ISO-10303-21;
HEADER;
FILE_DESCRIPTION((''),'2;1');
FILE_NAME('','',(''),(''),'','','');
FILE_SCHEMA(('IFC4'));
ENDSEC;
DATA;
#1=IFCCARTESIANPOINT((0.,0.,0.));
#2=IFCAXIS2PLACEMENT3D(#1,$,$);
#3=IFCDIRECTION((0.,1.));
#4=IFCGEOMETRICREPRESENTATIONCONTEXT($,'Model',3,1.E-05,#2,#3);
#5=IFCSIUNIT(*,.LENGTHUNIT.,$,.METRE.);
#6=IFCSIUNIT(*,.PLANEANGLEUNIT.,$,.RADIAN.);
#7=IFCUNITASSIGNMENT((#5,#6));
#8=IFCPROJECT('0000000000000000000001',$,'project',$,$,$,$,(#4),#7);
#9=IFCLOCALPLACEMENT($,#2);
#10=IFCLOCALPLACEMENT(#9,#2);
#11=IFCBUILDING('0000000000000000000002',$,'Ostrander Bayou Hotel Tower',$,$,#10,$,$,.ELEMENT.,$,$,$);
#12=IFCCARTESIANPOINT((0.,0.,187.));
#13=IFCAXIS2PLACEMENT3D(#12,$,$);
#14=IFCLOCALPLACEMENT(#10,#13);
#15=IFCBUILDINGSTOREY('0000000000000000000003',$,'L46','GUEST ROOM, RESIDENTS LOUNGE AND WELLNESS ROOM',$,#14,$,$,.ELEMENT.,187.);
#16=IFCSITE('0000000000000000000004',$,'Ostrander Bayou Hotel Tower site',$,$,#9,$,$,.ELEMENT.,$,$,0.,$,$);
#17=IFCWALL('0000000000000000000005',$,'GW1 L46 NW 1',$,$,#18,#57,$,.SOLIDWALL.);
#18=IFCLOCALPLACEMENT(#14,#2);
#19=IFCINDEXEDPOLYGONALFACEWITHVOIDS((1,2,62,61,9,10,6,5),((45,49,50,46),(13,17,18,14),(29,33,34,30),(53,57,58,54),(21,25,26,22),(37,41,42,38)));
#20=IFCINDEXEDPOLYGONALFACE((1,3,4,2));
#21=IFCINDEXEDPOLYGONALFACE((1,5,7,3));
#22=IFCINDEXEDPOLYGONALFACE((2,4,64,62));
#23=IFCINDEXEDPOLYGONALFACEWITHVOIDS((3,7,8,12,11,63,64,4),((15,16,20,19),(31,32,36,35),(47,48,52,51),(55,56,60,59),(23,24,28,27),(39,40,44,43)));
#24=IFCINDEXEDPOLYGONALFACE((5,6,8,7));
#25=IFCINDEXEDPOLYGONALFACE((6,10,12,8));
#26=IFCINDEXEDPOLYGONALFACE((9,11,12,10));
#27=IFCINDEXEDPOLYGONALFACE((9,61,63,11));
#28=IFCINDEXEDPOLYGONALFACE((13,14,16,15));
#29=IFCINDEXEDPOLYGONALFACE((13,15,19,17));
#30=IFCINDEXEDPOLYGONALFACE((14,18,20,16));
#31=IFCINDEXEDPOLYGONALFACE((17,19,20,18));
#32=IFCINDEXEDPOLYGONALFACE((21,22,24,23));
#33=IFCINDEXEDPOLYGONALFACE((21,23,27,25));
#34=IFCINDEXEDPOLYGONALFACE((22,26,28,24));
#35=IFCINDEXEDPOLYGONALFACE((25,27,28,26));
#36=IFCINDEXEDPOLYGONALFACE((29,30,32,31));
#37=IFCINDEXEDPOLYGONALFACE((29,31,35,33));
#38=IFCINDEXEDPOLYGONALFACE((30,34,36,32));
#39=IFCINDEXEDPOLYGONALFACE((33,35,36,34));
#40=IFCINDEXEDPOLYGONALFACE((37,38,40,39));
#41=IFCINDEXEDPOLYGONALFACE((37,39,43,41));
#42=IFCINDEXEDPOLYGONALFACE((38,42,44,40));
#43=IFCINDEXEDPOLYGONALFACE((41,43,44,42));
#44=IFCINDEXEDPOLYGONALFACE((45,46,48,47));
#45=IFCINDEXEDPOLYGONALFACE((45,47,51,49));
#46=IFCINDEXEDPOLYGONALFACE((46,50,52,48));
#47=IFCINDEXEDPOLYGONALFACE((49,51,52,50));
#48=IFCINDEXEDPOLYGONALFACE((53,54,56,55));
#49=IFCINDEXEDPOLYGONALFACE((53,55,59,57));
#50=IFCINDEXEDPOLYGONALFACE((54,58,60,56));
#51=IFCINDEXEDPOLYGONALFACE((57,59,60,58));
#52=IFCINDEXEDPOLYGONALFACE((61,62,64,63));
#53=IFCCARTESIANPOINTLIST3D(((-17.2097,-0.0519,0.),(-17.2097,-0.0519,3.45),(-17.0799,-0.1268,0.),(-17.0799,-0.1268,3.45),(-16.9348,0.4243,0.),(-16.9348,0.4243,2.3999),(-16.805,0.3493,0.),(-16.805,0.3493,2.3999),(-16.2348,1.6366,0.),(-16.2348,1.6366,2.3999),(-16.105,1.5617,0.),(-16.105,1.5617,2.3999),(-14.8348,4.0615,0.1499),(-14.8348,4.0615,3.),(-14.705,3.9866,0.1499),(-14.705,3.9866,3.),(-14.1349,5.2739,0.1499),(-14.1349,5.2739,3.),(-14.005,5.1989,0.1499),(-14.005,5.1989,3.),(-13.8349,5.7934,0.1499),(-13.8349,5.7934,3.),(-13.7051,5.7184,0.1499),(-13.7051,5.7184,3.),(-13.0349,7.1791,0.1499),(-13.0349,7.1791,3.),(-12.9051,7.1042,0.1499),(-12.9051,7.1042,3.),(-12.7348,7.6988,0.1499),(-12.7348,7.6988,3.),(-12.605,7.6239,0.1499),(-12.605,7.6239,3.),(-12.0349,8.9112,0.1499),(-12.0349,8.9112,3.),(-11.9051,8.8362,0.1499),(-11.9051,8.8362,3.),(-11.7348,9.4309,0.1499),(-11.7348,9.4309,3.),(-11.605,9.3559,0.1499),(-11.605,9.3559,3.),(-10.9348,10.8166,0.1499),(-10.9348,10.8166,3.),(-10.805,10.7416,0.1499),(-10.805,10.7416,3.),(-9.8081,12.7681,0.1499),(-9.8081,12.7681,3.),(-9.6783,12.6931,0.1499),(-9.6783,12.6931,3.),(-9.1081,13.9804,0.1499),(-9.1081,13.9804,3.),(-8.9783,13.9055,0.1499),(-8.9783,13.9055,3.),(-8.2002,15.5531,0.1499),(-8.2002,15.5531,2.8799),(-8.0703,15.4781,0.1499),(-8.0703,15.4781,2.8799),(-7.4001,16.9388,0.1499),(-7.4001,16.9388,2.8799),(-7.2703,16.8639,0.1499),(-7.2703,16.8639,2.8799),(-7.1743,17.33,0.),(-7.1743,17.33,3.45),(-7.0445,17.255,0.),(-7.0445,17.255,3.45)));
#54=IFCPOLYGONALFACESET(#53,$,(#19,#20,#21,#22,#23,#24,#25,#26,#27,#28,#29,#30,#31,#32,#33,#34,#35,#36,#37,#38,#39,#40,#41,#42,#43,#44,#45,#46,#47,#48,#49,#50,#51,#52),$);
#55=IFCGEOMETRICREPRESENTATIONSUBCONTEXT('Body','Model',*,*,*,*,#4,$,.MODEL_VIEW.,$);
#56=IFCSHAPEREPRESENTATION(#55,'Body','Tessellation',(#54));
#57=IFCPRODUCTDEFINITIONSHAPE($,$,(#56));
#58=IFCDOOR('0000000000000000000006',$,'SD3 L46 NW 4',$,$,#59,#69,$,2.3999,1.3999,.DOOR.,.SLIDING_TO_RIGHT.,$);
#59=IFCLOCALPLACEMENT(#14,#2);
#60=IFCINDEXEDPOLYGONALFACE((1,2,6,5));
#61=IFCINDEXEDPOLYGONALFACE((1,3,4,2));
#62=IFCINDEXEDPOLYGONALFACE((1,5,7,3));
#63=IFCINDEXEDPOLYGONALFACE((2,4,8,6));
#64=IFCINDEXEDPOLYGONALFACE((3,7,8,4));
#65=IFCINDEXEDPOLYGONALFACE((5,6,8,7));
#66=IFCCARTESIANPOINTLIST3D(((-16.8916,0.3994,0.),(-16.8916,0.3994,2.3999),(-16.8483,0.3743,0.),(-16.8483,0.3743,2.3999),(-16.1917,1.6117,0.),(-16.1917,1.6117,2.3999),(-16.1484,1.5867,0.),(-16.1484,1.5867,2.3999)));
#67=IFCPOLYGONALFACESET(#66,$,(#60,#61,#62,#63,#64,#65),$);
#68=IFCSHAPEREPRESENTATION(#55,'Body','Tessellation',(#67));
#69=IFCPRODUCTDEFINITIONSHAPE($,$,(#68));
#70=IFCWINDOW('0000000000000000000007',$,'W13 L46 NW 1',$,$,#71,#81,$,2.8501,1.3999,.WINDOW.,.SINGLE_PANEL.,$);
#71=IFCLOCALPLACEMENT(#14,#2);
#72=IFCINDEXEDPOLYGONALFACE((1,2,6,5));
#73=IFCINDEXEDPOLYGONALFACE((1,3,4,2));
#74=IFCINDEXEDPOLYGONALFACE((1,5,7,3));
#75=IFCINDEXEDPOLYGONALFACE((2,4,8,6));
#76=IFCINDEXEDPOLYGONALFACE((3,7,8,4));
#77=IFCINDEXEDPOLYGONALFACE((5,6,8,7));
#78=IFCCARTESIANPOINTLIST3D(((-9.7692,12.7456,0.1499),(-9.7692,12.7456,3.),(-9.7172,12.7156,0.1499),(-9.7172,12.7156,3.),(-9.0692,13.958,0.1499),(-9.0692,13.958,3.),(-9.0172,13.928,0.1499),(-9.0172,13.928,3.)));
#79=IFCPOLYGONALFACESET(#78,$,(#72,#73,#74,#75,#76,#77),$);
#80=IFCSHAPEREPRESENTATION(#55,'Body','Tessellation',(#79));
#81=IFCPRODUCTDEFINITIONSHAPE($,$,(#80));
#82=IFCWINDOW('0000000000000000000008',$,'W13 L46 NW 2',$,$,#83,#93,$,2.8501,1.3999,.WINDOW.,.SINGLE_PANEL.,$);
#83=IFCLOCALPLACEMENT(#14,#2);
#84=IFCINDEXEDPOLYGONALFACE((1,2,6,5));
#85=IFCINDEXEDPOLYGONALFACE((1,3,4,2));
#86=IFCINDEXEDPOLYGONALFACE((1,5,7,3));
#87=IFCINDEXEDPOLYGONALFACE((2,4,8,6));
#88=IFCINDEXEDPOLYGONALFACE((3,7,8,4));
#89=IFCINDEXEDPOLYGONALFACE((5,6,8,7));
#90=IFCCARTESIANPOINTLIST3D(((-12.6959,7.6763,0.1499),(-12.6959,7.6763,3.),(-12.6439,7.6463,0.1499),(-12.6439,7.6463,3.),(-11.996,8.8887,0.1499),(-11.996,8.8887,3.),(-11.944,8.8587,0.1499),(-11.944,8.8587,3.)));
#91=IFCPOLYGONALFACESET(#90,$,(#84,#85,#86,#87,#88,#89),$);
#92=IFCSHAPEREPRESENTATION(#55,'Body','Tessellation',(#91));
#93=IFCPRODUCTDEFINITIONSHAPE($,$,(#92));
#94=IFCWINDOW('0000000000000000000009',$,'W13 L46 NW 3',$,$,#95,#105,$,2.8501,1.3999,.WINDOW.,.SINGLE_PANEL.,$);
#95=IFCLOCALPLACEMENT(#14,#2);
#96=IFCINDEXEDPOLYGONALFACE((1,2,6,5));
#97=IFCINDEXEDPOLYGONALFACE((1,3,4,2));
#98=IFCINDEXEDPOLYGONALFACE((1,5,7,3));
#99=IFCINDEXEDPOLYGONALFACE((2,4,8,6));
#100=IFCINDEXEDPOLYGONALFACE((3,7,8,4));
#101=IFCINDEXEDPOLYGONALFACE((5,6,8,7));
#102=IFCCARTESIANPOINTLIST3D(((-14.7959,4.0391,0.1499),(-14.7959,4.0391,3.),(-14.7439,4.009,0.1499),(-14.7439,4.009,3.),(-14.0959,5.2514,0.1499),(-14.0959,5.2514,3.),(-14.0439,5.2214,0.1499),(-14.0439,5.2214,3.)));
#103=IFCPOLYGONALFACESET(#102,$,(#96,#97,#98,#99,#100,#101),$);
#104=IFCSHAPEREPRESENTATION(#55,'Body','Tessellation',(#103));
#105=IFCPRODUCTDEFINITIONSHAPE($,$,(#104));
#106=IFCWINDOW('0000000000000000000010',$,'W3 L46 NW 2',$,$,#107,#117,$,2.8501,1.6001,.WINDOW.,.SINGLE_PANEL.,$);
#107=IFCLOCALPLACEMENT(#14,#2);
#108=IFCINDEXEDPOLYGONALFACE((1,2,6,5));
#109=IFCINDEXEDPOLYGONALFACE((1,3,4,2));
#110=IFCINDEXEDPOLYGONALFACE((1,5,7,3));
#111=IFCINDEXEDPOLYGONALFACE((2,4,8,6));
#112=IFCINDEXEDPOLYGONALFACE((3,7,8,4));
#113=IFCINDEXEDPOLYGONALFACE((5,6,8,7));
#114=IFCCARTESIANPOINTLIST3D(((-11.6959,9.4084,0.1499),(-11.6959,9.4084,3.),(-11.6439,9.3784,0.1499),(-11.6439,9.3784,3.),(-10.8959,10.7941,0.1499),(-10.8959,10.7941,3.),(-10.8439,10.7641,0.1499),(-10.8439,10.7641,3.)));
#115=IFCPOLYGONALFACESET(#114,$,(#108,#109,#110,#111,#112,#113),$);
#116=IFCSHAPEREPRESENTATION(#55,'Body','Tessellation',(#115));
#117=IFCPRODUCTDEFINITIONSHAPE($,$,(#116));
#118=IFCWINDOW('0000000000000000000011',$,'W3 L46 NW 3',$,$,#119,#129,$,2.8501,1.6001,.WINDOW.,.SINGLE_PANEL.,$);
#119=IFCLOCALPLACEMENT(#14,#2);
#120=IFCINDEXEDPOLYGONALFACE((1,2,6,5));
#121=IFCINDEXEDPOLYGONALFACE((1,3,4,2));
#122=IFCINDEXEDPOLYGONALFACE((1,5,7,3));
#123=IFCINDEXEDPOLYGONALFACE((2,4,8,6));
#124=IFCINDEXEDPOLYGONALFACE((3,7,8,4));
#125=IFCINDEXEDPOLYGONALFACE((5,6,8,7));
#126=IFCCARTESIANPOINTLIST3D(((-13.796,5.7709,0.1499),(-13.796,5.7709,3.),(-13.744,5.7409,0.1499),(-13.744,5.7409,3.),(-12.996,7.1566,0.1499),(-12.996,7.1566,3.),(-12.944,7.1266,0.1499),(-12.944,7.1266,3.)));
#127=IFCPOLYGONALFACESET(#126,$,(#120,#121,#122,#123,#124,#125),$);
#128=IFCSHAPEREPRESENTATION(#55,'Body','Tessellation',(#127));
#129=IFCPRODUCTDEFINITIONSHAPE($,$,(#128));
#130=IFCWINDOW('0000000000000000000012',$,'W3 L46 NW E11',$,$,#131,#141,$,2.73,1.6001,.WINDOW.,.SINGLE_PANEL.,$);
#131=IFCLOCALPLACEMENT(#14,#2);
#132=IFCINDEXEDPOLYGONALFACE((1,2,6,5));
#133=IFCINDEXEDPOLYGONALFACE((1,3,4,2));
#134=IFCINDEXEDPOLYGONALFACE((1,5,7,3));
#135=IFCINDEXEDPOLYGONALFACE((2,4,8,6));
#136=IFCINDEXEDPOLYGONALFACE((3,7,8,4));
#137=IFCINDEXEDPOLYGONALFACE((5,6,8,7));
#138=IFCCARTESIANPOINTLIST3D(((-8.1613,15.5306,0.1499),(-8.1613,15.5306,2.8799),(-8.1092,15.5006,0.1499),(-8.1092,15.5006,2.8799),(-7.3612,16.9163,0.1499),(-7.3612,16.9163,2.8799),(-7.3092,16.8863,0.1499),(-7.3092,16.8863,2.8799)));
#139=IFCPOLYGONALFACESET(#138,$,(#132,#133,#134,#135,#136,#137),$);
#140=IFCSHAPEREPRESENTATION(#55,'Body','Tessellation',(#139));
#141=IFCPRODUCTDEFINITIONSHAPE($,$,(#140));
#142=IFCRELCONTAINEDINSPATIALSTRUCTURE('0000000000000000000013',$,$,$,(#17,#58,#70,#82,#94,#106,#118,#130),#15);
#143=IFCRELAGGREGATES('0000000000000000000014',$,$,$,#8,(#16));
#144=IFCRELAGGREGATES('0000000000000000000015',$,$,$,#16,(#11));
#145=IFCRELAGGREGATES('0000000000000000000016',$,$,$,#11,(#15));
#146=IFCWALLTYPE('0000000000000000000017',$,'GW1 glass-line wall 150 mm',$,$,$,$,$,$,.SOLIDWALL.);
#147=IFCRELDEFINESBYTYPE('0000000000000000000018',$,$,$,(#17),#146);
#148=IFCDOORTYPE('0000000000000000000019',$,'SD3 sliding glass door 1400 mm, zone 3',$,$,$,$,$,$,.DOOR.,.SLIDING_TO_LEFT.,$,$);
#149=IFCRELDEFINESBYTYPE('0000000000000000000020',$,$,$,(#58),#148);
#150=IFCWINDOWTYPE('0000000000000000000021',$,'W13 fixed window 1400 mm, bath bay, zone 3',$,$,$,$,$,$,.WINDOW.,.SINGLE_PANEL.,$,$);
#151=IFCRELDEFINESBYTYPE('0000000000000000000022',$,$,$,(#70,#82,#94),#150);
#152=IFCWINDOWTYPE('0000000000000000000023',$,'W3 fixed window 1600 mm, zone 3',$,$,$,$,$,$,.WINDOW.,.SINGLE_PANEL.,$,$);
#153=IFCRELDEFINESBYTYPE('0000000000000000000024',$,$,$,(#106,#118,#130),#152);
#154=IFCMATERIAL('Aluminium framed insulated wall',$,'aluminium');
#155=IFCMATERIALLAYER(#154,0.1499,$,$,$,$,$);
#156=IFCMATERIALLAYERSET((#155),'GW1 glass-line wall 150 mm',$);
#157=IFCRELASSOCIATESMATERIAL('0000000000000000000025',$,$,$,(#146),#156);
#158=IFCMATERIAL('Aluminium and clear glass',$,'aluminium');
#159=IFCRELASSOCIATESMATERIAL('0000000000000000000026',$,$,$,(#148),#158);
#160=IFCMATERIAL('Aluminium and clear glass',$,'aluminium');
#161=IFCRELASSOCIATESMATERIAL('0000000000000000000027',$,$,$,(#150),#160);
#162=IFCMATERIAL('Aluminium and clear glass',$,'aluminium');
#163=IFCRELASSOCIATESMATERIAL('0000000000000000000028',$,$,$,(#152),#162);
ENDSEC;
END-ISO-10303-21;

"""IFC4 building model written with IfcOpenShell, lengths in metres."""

from ifc_helpers import new_model, si_unit, direction, frame, frame_2d, origin, place, context, subcontext, project, spatial, rectangle, extrude, material, layer, layer_set, type_object, element, fill, save


model = new_model("IFC4")

# Units and contexts
model_context = context("Model", 3, precision=1e-05, world=origin(), true_north=direction((0.0, 1.0)))
body_context = subcontext(model_context, "Body", "Model", "MODEL_VIEW")
ifc_project = project(units=[si_unit("LENGTHUNIT", "METRE"), si_unit("PLANEANGLEUNIT", "RADIAN")], contexts=[model_context])

# Site, building, storey
site_placement = place(None, origin())
site = spatial("IfcSite", under=ifc_project, at=site_placement, Name="Ostrander Bayou Hotel Tower site", CompositionType="ELEMENT", RefElevation=0.0)
building_placement = place(site_placement, origin())
building = spatial("IfcBuilding", under=site, at=building_placement, Name="Ostrander Bayou Hotel Tower", CompositionType="ELEMENT")
storey_placement = place(building_placement, frame((0.0, 0.0, 187.0)))
storey = spatial("IfcBuildingStorey", under=building, at=storey_placement, Name="L46", Description="GUEST ROOM, RESIDENTS LOUNGE AND WELLNESS ROOM", CompositionType="ELEMENT", Elevation=187.0)

# Wall, openings, door, windows
ifc_material_1 = material(Name="Aluminium framed insulated wall", Category="aluminium")
ifc_layer_1 = layer(ifc_material_1, 0.1499)
ifc_layer_set_1 = layer_set([ifc_layer_1], Name="GW1 glass-line wall 150 mm")
wall_type_1 = type_object("IfcWallType", Name="GW1 glass-line wall 150 mm", PredefinedType="SOLIDWALL", material=ifc_layer_set_1)
wall_1_placement = place(storey_placement, frame((-7.1094, 17.2925, 0.0), z_axis=(0.0, 0.0, 1.0), x_axis=(-0.5, -0.866026, 0.0)))
wall_1 = element("IfcWall", 1, at=wall_1_placement, inside=storey, type_object=wall_type_1, Name="GW1 L46 NW 1", PredefinedType="SOLIDWALL", context=body_context, shape_type="SweptSolid", body=[
    extrude(rectangle(XDim=20.0708, YDim=0.1499, at=frame_2d((10.0354, 0.0))), origin(), (0.0, 0.0, 1.0), 3.45),
])
opening_1_placement = place(wall_1_placement, frame((3.8677, 0.0, 0.1499)))
opening_1 = element("IfcOpeningElement", 2, at=opening_1_placement, cuts=wall_1, PredefinedType="OPENING", context=body_context, shape_type="SweptSolid", body=[
    extrude(rectangle(XDim=1.3999, YDim=2.8501, at=frame_2d((0.7, 1.425))), frame((0.0, 0.075, 0.0), z_axis=(0.0, -1.0, 0.0), x_axis=(1.0, 0.0, 0.0)), (0.0, 0.0, 1.0), 0.1499),
])
opening_2_placement = place(wall_1_placement, frame((7.521, 0.0, 0.1499)))
opening_2 = element("IfcOpeningElement", 3, at=opening_2_placement, cuts=wall_1, PredefinedType="OPENING", context=body_context, shape_type="SweptSolid", body=[
    extrude(rectangle(XDim=1.6001, YDim=2.8501, at=frame_2d((0.8, 1.425))), frame((0.0, 0.075, 0.0), z_axis=(0.0, -1.0, 0.0), x_axis=(1.0, 0.0, 0.0)), (0.0, 0.0, 1.0), 0.1499),
])
opening_3_placement = place(wall_1_placement, frame((9.7212, 0.0, 0.1499)))
opening_3 = element("IfcOpeningElement", 4, at=opening_3_placement, cuts=wall_1, PredefinedType="OPENING", context=body_context, shape_type="SweptSolid", body=[
    extrude(rectangle(XDim=1.3999, YDim=2.8501, at=frame_2d((0.7, 1.425))), frame((0.0, 0.075, 0.0), z_axis=(0.0, -1.0, 0.0), x_axis=(1.0, 0.0, 0.0)), (0.0, 0.0, 1.0), 0.1499),
])
opening_4_placement = place(wall_1_placement, frame((11.7212, 0.0, 0.1499)))
opening_4 = element("IfcOpeningElement", 5, at=opening_4_placement, cuts=wall_1, PredefinedType="OPENING", context=body_context, shape_type="SweptSolid", body=[
    extrude(rectangle(XDim=1.6001, YDim=2.8501, at=frame_2d((0.8, 1.425))), frame((0.0, 0.075, 0.0), z_axis=(0.0, -1.0, 0.0), x_axis=(1.0, 0.0, 0.0)), (0.0, 0.0, 1.0), 0.1499),
])
opening_5_placement = place(wall_1_placement, frame((13.9211, 0.0, 0.1499)))
opening_5 = element("IfcOpeningElement", 6, at=opening_5_placement, cuts=wall_1, PredefinedType="OPENING", context=body_context, shape_type="SweptSolid", body=[
    extrude(rectangle(XDim=1.3999, YDim=2.8501, at=frame_2d((0.7, 1.425))), frame((0.0, 0.075, 0.0), z_axis=(0.0, -1.0, 0.0), x_axis=(1.0, 0.0, 0.0)), (0.0, 0.0, 1.0), 0.1499),
])
opening_6_placement = place(wall_1_placement, frame((18.1211, 0.0, 0.0)))
opening_6 = element("IfcOpeningElement", 7, at=opening_6_placement, cuts=wall_1, PredefinedType="OPENING", context=body_context, shape_type="SweptSolid", body=[
    extrude(rectangle(XDim=1.3999, YDim=2.3999, at=frame_2d((0.7, 1.2))), frame((0.0, 0.075, 0.0), z_axis=(0.0, -1.0, 0.0), x_axis=(1.0, 0.0, 0.0)), (0.0, 0.0, 1.0), 0.1499),
])
opening_7_placement = place(wall_1_placement, frame((0.4517, 0.0, 0.1499)))
opening_7 = element("IfcOpeningElement", 8, at=opening_7_placement, cuts=wall_1, PredefinedType="OPENING", context=body_context, shape_type="SweptSolid", body=[
    extrude(rectangle(XDim=1.6001, YDim=2.73, at=frame_2d((0.8, 1.365))), frame((0.0, 0.075, 0.0), z_axis=(0.0, -1.0, 0.0), x_axis=(1.0, 0.0, 0.0)), (0.0, 0.0, 1.0), 0.1499),
])
ifc_material_2 = material(Name="Aluminium and clear glass", Category="aluminium")
door_type_1 = type_object("IfcDoorType", Name="SD3 sliding glass door 1400 mm, zone 3", OperationType="SLIDING_TO_LEFT", PredefinedType="DOOR", material=ifc_material_2)
door_1_placement = place(opening_6_placement, origin())
door_1 = element("IfcDoor", 9, at=door_1_placement, inside=storey, type_object=door_type_1, Name="SD3 L46 NW 4", OperationType="SLIDING_TO_RIGHT", OverallHeight=2.3999, OverallWidth=1.3999, PredefinedType="DOOR", context=body_context, shape_type="SweptSolid", body=[
    extrude(rectangle(XDim=1.3999, YDim=2.3999, at=frame_2d((0.7, 1.2))), frame((0.0, 0.0249, 0.0), z_axis=(0.0, -1.0, 0.0), x_axis=(1.0, 0.0, 0.0)), (0.0, 0.0, 1.0), 0.05),
])
fill(opening_6, door_1)
ifc_material_3 = material(Name="Aluminium and clear glass", Category="aluminium")
window_type_1 = type_object("IfcWindowType", Name="W13 fixed window 1400 mm, bath bay, zone 3", PartitioningType="SINGLE_PANEL", PredefinedType="WINDOW", material=ifc_material_3)
window_1_placement = place(opening_1_placement, origin())
window_1 = element("IfcWindow", 10, at=window_1_placement, inside=storey, type_object=window_type_1, Name="W13 L46 NW 1", OverallHeight=2.8501, OverallWidth=1.3999, PartitioningType="SINGLE_PANEL", PredefinedType="WINDOW", context=body_context, shape_type="SweptSolid", body=[
    extrude(rectangle(XDim=1.3999, YDim=2.8501, at=frame_2d((0.7, 1.425))), frame((0.0, 0.03, 0.0), z_axis=(0.0, -1.0, 0.0), x_axis=(1.0, 0.0, 0.0)), (0.0, 0.0, 1.0), 0.0601),
])
fill(opening_1, window_1)
window_2_placement = place(opening_3_placement, origin())
window_2 = element("IfcWindow", 11, at=window_2_placement, inside=storey, type_object=window_type_1, Name="W13 L46 NW 2", OverallHeight=2.8501, OverallWidth=1.3999, PartitioningType="SINGLE_PANEL", PredefinedType="WINDOW", context=body_context, shape_type="SweptSolid", body=[
    extrude(rectangle(XDim=1.3999, YDim=2.8501, at=frame_2d((0.7, 1.425))), frame((0.0, 0.03, 0.0), z_axis=(0.0, -1.0, 0.0), x_axis=(1.0, 0.0, 0.0)), (0.0, 0.0, 1.0), 0.0601),
])
fill(opening_3, window_2)
window_3_placement = place(opening_5_placement, origin())
window_3 = element("IfcWindow", 12, at=window_3_placement, inside=storey, type_object=window_type_1, Name="W13 L46 NW 3", OverallHeight=2.8501, OverallWidth=1.3999, PartitioningType="SINGLE_PANEL", PredefinedType="WINDOW", context=body_context, shape_type="SweptSolid", body=[
    extrude(rectangle(XDim=1.3999, YDim=2.8501, at=frame_2d((0.7, 1.425))), frame((0.0, 0.03, 0.0), z_axis=(0.0, -1.0, 0.0), x_axis=(1.0, 0.0, 0.0)), (0.0, 0.0, 1.0), 0.0601),
])
fill(opening_5, window_3)
ifc_material_4 = material(Name="Aluminium and clear glass", Category="aluminium")
window_type_2 = type_object("IfcWindowType", Name="W3 fixed window 1600 mm, zone 3", PartitioningType="SINGLE_PANEL", PredefinedType="WINDOW", material=ifc_material_4)
window_4_placement = place(opening_2_placement, origin())
window_4 = element("IfcWindow", 13, at=window_4_placement, inside=storey, type_object=window_type_2, Name="W3 L46 NW 2", OverallHeight=2.8501, OverallWidth=1.6001, PartitioningType="SINGLE_PANEL", PredefinedType="WINDOW", context=body_context, shape_type="SweptSolid", body=[
    extrude(rectangle(XDim=1.6001, YDim=2.8501, at=frame_2d((0.8, 1.425))), frame((0.0, 0.03, 0.0), z_axis=(0.0, -1.0, 0.0), x_axis=(1.0, 0.0, 0.0)), (0.0, 0.0, 1.0), 0.0601),
])
fill(opening_2, window_4)
window_5_placement = place(opening_4_placement, origin())
window_5 = element("IfcWindow", 14, at=window_5_placement, inside=storey, type_object=window_type_2, Name="W3 L46 NW 3", OverallHeight=2.8501, OverallWidth=1.6001, PartitioningType="SINGLE_PANEL", PredefinedType="WINDOW", context=body_context, shape_type="SweptSolid", body=[
    extrude(rectangle(XDim=1.6001, YDim=2.8501, at=frame_2d((0.8, 1.425))), frame((0.0, 0.03, 0.0), z_axis=(0.0, -1.0, 0.0), x_axis=(1.0, 0.0, 0.0)), (0.0, 0.0, 1.0), 0.0601),
])
fill(opening_4, window_5)
window_6_placement = place(opening_7_placement, origin())
window_6 = element("IfcWindow", 15, at=window_6_placement, inside=storey, type_object=window_type_2, Name="W3 L46 NW E11", OverallHeight=2.73, OverallWidth=1.6001, PartitioningType="SINGLE_PANEL", PredefinedType="WINDOW", context=body_context, shape_type="SweptSolid", body=[
    extrude(rectangle(XDim=1.6001, YDim=2.73, at=frame_2d((0.8, 1.365))), frame((0.0, 0.03, 0.0), z_axis=(0.0, -1.0, 0.0), x_axis=(1.0, 0.0, 0.0)), (0.0, 0.0, 1.0), 0.0601),
])
fill(opening_7, window_6)

save(model, "model.ifc")
